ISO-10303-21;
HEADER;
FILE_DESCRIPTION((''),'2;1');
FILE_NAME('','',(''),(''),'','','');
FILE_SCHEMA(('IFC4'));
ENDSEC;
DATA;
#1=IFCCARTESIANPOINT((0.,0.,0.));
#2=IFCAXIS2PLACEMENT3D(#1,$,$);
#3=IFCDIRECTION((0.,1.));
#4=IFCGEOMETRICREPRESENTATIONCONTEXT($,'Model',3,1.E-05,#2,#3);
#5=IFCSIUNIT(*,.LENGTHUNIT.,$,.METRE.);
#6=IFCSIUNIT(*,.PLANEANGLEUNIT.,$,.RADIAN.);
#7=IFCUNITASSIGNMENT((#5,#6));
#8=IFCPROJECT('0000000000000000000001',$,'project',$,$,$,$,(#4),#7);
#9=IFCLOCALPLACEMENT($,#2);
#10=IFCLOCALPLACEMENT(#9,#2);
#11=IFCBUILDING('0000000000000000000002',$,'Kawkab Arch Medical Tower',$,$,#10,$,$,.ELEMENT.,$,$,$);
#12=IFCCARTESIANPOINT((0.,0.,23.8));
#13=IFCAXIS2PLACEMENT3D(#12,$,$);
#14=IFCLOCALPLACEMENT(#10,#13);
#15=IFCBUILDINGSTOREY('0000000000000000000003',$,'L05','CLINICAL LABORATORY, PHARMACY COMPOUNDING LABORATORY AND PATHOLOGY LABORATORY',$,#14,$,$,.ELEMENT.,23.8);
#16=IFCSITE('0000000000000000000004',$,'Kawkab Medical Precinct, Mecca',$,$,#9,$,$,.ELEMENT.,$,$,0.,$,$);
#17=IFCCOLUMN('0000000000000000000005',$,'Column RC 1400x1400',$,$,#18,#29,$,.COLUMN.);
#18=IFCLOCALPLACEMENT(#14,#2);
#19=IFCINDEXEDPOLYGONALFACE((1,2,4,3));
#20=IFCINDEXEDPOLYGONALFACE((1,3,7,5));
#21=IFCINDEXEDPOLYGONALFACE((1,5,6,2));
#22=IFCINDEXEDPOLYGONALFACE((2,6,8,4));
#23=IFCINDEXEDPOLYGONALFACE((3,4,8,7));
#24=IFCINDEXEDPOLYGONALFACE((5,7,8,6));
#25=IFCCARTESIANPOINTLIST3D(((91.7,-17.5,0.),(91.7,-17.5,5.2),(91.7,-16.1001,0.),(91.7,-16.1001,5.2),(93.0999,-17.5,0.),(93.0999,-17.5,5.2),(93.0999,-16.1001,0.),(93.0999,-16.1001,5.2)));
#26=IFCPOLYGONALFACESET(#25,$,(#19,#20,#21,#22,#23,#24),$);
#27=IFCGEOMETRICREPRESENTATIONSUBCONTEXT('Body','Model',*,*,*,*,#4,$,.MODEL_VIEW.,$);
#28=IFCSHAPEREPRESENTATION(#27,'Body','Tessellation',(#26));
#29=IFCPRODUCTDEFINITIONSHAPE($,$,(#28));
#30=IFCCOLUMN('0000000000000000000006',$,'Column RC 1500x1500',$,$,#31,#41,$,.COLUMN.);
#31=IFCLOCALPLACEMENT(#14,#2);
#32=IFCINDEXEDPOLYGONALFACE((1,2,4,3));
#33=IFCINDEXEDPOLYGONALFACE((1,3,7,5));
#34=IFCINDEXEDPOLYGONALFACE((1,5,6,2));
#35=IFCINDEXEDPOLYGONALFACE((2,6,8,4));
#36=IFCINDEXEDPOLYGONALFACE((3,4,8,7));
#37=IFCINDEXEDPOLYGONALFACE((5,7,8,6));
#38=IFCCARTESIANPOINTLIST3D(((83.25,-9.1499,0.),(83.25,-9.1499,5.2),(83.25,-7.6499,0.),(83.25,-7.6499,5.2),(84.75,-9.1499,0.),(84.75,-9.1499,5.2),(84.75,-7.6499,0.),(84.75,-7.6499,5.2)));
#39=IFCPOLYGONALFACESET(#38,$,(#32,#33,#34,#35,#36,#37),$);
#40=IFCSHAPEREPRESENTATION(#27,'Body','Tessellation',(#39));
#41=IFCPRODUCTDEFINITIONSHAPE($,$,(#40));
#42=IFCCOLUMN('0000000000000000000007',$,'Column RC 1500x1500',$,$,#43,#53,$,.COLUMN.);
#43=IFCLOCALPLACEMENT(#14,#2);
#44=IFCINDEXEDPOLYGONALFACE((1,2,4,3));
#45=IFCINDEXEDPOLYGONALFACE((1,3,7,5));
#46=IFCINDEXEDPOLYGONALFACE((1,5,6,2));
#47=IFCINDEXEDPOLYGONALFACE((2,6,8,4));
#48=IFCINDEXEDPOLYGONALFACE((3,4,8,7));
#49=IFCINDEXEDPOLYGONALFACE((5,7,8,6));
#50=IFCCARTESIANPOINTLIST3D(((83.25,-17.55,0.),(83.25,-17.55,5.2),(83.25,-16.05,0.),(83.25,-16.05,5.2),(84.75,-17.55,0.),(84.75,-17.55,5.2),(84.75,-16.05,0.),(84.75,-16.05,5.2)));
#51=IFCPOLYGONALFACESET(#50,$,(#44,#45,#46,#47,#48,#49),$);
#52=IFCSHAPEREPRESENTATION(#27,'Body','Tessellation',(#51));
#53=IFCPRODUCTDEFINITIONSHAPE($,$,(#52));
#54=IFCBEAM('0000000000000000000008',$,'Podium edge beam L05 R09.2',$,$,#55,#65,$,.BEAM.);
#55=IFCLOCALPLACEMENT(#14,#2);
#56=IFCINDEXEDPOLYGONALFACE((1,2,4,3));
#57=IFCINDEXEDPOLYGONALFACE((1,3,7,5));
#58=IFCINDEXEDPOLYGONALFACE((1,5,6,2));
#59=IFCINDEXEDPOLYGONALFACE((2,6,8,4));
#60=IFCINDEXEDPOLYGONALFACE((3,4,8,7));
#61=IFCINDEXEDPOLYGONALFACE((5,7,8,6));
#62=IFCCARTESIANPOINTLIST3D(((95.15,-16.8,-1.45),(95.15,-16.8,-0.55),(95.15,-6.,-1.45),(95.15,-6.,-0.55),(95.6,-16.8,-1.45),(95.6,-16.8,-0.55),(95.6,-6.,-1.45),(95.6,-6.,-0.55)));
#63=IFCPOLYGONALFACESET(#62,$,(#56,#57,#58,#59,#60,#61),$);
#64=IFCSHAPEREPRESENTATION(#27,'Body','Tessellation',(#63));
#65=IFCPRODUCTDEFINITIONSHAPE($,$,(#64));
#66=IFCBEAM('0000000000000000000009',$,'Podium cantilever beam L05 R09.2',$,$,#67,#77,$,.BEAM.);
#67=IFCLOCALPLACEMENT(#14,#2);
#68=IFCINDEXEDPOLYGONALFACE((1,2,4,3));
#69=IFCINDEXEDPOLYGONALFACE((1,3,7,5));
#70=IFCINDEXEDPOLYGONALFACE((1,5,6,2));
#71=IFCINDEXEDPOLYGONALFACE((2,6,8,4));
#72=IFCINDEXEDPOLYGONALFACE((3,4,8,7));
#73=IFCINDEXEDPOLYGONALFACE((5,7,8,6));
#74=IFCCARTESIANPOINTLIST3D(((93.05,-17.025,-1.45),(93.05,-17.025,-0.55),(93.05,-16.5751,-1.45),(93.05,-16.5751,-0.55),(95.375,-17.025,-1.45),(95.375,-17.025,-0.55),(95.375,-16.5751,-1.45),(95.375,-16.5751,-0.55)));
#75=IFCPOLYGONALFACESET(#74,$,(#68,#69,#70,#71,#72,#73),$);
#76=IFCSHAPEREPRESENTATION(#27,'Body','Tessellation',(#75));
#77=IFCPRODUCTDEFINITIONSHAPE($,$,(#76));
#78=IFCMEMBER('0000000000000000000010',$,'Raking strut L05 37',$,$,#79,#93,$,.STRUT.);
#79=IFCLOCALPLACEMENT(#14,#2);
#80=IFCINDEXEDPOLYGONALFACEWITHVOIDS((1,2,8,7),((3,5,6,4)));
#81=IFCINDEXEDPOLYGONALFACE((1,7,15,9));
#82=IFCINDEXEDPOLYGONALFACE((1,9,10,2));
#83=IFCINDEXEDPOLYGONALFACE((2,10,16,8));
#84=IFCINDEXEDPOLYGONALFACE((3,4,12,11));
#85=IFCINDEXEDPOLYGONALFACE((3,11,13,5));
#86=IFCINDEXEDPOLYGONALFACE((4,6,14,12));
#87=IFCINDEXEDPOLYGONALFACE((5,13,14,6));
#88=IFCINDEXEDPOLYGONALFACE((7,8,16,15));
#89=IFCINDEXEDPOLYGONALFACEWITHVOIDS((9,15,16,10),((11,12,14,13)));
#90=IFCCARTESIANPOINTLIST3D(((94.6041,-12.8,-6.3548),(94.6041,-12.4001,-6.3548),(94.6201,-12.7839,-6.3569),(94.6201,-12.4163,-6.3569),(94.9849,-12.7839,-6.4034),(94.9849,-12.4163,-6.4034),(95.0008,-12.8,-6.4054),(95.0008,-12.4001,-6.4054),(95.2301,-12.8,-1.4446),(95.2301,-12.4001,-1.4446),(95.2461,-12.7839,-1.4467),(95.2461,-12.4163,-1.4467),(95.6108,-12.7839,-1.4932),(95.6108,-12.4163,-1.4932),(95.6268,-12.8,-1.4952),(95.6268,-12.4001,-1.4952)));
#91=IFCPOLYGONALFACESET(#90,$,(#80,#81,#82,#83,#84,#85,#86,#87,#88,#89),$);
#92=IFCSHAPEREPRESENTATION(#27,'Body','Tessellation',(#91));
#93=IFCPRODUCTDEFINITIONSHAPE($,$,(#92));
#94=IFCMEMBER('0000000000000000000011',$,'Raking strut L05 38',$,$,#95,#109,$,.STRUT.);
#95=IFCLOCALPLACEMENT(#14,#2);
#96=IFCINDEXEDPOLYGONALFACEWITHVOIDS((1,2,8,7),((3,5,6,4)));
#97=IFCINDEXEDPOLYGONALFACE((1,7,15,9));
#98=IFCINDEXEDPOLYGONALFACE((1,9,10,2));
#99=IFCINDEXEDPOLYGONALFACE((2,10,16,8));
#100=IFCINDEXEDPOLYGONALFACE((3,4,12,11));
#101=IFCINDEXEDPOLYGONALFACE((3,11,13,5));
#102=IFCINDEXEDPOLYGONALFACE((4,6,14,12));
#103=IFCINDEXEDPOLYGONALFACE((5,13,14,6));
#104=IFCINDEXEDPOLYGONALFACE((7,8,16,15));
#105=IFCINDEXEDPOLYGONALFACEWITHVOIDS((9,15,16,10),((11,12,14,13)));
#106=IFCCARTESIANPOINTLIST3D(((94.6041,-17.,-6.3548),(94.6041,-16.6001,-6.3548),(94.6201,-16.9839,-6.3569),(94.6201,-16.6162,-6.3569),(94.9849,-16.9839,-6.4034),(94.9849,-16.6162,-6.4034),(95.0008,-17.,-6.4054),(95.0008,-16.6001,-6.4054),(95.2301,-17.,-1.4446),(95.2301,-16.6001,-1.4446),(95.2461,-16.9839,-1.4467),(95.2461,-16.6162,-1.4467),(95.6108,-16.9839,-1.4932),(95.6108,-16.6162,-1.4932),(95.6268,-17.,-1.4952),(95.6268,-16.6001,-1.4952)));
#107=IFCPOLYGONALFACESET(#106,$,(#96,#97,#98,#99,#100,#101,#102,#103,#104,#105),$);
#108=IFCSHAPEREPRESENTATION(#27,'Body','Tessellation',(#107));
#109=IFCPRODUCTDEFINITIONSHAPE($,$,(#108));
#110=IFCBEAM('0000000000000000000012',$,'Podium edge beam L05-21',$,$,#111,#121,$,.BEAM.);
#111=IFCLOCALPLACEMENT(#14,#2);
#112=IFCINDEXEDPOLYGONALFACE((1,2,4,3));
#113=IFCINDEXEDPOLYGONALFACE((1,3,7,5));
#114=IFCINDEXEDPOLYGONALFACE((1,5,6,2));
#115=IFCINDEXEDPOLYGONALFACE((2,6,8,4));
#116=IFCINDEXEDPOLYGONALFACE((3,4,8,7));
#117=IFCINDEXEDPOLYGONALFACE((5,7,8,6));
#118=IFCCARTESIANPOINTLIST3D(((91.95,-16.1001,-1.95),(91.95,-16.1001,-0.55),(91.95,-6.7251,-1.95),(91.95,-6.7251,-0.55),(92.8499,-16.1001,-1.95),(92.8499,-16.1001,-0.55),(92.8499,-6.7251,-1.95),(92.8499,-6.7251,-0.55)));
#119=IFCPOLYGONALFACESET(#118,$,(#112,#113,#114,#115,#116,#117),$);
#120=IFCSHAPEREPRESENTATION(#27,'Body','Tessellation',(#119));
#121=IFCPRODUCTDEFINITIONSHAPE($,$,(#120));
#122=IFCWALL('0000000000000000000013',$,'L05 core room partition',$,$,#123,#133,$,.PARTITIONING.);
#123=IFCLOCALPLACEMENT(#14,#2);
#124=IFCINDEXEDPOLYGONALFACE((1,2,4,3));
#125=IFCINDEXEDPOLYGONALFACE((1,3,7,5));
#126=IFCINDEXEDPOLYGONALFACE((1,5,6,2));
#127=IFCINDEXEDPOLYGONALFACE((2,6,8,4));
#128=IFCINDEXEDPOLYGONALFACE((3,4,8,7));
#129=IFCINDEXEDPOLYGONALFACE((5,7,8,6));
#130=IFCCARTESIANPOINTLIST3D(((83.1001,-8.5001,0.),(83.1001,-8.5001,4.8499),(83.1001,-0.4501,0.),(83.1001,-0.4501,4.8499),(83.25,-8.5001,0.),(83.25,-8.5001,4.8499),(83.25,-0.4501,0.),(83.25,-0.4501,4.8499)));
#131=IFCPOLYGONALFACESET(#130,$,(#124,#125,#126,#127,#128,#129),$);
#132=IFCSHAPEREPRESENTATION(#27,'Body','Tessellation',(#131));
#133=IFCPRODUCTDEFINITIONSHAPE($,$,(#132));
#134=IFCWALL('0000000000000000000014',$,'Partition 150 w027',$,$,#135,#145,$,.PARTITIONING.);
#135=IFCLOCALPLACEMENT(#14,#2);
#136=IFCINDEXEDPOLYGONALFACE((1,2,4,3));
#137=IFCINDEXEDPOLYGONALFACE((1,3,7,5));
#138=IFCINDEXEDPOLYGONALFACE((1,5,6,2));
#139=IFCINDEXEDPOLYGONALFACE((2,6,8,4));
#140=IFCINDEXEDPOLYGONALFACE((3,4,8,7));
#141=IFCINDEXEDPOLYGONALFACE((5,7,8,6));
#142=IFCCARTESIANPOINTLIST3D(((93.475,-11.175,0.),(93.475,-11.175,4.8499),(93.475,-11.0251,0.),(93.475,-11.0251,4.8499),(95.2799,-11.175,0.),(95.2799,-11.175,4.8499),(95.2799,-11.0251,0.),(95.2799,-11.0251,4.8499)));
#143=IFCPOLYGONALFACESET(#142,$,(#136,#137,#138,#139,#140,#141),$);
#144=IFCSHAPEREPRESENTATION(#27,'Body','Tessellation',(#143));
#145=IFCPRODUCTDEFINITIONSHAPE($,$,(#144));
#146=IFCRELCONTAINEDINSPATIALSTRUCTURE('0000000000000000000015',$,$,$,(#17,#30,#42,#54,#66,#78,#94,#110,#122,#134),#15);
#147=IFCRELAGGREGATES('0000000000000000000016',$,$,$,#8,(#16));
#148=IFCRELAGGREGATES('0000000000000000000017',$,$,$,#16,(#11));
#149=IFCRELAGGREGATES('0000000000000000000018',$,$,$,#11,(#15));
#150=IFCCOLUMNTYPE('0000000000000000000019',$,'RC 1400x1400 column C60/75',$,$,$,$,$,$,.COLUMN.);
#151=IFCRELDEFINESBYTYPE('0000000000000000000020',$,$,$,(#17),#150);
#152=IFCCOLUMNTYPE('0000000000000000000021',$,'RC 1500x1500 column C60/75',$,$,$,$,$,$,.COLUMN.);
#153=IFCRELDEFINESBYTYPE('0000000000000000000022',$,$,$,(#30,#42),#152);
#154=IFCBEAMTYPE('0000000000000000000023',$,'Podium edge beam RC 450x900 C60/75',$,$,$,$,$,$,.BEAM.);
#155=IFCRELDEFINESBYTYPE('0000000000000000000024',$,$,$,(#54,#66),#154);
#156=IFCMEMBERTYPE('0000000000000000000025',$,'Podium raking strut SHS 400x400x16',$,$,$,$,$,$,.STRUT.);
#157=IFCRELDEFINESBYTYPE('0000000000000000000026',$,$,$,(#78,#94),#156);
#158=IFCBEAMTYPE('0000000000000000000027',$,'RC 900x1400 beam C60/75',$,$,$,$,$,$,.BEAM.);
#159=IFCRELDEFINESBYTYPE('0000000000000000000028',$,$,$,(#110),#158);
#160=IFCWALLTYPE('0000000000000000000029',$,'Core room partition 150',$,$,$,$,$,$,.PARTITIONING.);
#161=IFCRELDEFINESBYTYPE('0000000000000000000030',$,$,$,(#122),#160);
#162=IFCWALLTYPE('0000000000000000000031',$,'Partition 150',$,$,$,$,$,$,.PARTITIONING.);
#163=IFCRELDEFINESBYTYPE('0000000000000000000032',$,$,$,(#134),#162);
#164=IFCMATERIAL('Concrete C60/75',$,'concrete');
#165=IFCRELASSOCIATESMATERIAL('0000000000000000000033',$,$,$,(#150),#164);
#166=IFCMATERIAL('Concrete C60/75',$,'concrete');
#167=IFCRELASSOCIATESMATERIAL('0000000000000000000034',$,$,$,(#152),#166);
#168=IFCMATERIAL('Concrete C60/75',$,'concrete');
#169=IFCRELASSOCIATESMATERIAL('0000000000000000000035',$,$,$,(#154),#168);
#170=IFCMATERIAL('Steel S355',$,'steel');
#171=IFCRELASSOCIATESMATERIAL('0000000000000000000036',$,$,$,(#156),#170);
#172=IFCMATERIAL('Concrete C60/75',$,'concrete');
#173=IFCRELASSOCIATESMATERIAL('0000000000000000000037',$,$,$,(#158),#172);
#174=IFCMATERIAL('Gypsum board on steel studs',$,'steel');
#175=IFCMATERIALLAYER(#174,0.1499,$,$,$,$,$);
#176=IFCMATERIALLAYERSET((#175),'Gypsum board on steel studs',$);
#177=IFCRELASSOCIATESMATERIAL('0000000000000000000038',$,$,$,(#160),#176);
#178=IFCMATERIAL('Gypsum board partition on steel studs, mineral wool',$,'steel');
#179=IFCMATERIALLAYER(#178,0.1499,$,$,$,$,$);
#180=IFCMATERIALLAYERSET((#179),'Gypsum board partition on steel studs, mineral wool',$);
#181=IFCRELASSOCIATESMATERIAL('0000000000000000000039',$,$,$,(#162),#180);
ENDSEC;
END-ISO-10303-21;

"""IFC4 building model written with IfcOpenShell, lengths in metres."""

from ifc_helpers import new_model, si_unit, direction, frame, frame_2d, origin, origin_2d, place, context, subcontext, project, spatial, rectangle, hollow_rectangle, extrude, material, layer, layer_set, material_profile, profile_set, type_object, element, save


model = new_model("IFC4")

# Units and contexts
model_context = context("Model", 3, precision=1e-05, world=origin(), true_north=direction((0.0, 1.0)))
body_context = subcontext(model_context, "Body", "Model", "MODEL_VIEW")
ifc_project = project(units=[si_unit("LENGTHUNIT", "METRE"), si_unit("PLANEANGLEUNIT", "RADIAN")], contexts=[model_context])

# Site, building, storey
site_placement = place(None, origin())
site = spatial("IfcSite", under=ifc_project, at=site_placement, Name="Kawkab Medical Precinct, Mecca", CompositionType="ELEMENT", RefElevation=0.0)
building_placement = place(site_placement, origin())
building = spatial("IfcBuilding", under=site, at=building_placement, Name="Kawkab Arch Medical Tower", CompositionType="ELEMENT")
storey_placement = place(building_placement, frame((0.0, 0.0, 23.8)))
storey = spatial("IfcBuildingStorey", under=building, at=storey_placement, Name="L05", Description="CLINICAL LABORATORY, PHARMACY COMPOUNDING LABORATORY AND PATHOLOGY LABORATORY", CompositionType="ELEMENT", Elevation=23.8)

# Columns
ifc_material_1 = material(Name="Concrete C60/75", Category="concrete")
ifc_material_profile_1 = material_profile(ifc_material_1, rectangle(XDim=1.3999, YDim=1.3999, at=origin_2d()), Name="RC 1400x1400")
ifc_profile_set_1 = profile_set([ifc_material_profile_1], Name="Concrete C60/75")
column_type_1 = type_object("IfcColumnType", Name="RC 1400x1400 column C60/75", PredefinedType="COLUMN", material=ifc_profile_set_1)
column_placement = place(storey_placement, frame((92.3999, -16.8, 0.0), z_axis=(0.0, 0.0, 1.0), x_axis=(1.0, 0.0, 0.0)))
element("IfcColumn", 1, at=column_placement, inside=storey, type_object=column_type_1, Name="Column RC 1400x1400", PredefinedType="COLUMN", context=body_context, shape_type="SweptSolid", body=[
    extrude(rectangle(XDim=1.3999, YDim=1.3999, at=origin_2d()), origin(), (0.0, 0.0, 1.0), 5.2),
])
ifc_material_2 = material(Name="Concrete C60/75", Category="concrete")
ifc_material_profile_2 = material_profile(ifc_material_2, rectangle(XDim=1.5, YDim=1.5, at=origin_2d()), Name="RC 1500x1500")
ifc_profile_set_2 = profile_set([ifc_material_profile_2], Name="Concrete C60/75")
column_type_2 = type_object("IfcColumnType", Name="RC 1500x1500 column C60/75", PredefinedType="COLUMN", material=ifc_profile_set_2)
for number, where, z_axis, x_axis, name in (
    (2, (84.0, -8.3999, 0.0), (0.0, 0.0, 1.0), (1.0, 0.0, 0.0), "Column RC 1500x1500"),
    (3, (84.0, -16.8, 0.0), (0.0, 0.0, 1.0), (1.0, 0.0, 0.0), "Column RC 1500x1500"),
):
    element("IfcColumn", number, at=place(storey_placement, frame(where, z_axis=z_axis, x_axis=x_axis)), inside=storey, type_object=column_type_2, Name=name, PredefinedType="COLUMN", context=body_context, shape_type="SweptSolid", body=[
        extrude(rectangle(XDim=1.5, YDim=1.5, at=origin_2d()), origin(), (0.0, 0.0, 1.0), 5.2),
    ])

# Beams
ifc_material_3 = material(Name="Concrete C60/75", Category="concrete")
ifc_material_profile_3 = material_profile(ifc_material_3, rectangle(XDim=0.45, YDim=0.8999, at=origin_2d()), Name="RC 450x900")
ifc_profile_set_3 = profile_set([ifc_material_profile_3], Name="Concrete C60/75")
beam_type_1 = type_object("IfcBeamType", Name="Podium edge beam RC 450x900 C60/75", PredefinedType="BEAM", material=ifc_profile_set_3)
beam_1_placement = place(storey_placement, frame((95.375, -16.8, -1.0), z_axis=(0.0, 1.0, 0.0), x_axis=(-1.0, 0.0, 0.0)))
element("IfcBeam", 4, at=beam_1_placement, inside=storey, type_object=beam_type_1, Name="Podium edge beam L05 R09.2", PredefinedType="BEAM", context=body_context, shape_type="SweptSolid", body=[
    extrude(rectangle(XDim=0.45, YDim=0.8999, at=origin_2d()), origin(), (0.0, 0.0, 1.0), 10.8),
])
beam_2_placement = place(storey_placement, frame((93.05, -16.8, -1.0), z_axis=(1.0, 0.0, 0.0), x_axis=(0.0, 1.0, 0.0)))
element("IfcBeam", 5, at=beam_2_placement, inside=storey, type_object=beam_type_1, Name="Podium cantilever beam L05 R09.2", PredefinedType="BEAM", context=body_context, shape_type="SweptSolid", body=[
    extrude(rectangle(XDim=0.45, YDim=0.8999, at=origin_2d()), origin(), (0.0, 0.0, 1.0), 2.325),
])

# Members
ifc_material_4 = material(Name="Steel S355", Category="steel")
ifc_material_profile_4 = material_profile(ifc_material_4, hollow_rectangle(XDim=0.3999, YDim=0.3999, WallThickness=0.0161, at=origin_2d()), Name="SHS 400x400x16")
ifc_profile_set_4 = profile_set([ifc_material_profile_4], Name="Steel S355")
member_type = type_object("IfcMemberType", Name="Podium raking strut SHS 400x400x16", PredefinedType="STRUT", material=ifc_profile_set_4)
for number, where, z_axis, x_axis, name in (
    (6, (94.8025, -12.6001, -6.3801), (0.126463, 0.0, 0.991971), (0.0, 1.0, 0.0), "Raking strut L05 37"),
    (7, (94.8025, -16.8, -6.3801), (0.126463, 0.0, 0.991971), (0.0, 1.0, 0.0), "Raking strut L05 38"),
):
    element("IfcMember", number, at=place(storey_placement, frame(where, z_axis=z_axis, x_axis=x_axis)), inside=storey, type_object=member_type, Name=name, PredefinedType="STRUT", context=body_context, shape_type="SweptSolid", body=[
        extrude(hollow_rectangle(XDim=0.3999, YDim=0.3999, WallThickness=0.0161, at=origin_2d()), origin(), (0.0, 0.0, 1.0), 4.95),
    ])

# Beam
ifc_material_5 = material(Name="Concrete C60/75", Category="concrete")
ifc_material_profile_5 = material_profile(ifc_material_5, rectangle(XDim=0.8999, YDim=1.3999, at=origin_2d()), Name="RC 900x1400")
ifc_profile_set_5 = profile_set([ifc_material_profile_5], Name="Concrete C60/75")
beam_type_2 = type_object("IfcBeamType", Name="RC 900x1400 beam C60/75", PredefinedType="BEAM", material=ifc_profile_set_5)
beam_3_placement = place(storey_placement, frame((92.3999, -16.1001, -1.25), z_axis=(0.0, 1.0, 0.0), x_axis=(-1.0, 0.0, 0.0)))
element("IfcBeam", 8, at=beam_3_placement, inside=storey, type_object=beam_type_2, Name="Podium edge beam L05-21", PredefinedType="BEAM", context=body_context, shape_type="SweptSolid", body=[
    extrude(rectangle(XDim=0.8999, YDim=1.3999, at=origin_2d()), origin(), (0.0, 0.0, 1.0), 9.375),
])

# Walls
ifc_material_6 = material(Name="Gypsum board on steel studs", Category="steel")
ifc_layer_1 = layer(ifc_material_6, 0.1499)
ifc_layer_set_1 = layer_set([ifc_layer_1], Name="Gypsum board on steel studs")
wall_type_1 = type_object("IfcWallType", Name="Core room partition 150", PredefinedType="PARTITIONING", material=ifc_layer_set_1)
wall_1_placement = place(storey_placement, frame((83.175, -8.5, 0.0), z_axis=(0.0, 0.0, 1.0), x_axis=(0.0, 1.0, 0.0)))
element("IfcWall", 9, at=wall_1_placement, inside=storey, type_object=wall_type_1, Name="L05 core room partition", PredefinedType="PARTITIONING", context=body_context, shape_type="SweptSolid", body=[
    extrude(rectangle(XDim=8.05, YDim=0.1499, at=frame_2d((4.0249, 0.0))), origin(), (0.0, 0.0, 1.0), 4.8499),
])
ifc_material_7 = material(Name="Gypsum board partition on steel studs, mineral wool", Category="steel")
ifc_layer_2 = layer(ifc_material_7, 0.1499)
ifc_layer_set_2 = layer_set([ifc_layer_2], Name="Gypsum board partition on steel studs, mineral wool")
wall_type_2 = type_object("IfcWallType", Name="Partition 150", PredefinedType="PARTITIONING", material=ifc_layer_set_2)
wall_2_placement = place(storey_placement, frame((93.4751, -11.1001, 0.0), z_axis=(0.0, 0.0, 1.0), x_axis=(1.0, 0.0, 0.0)))
element("IfcWall", 10, at=wall_2_placement, inside=storey, type_object=wall_type_2, Name="Partition 150 w027", PredefinedType="PARTITIONING", context=body_context, shape_type="SweptSolid", body=[
    extrude(rectangle(XDim=1.8049, YDim=0.1499, at=frame_2d((0.9023, 0.0))), origin(), (0.0, 0.0, 1.0), 4.8499),
])

save(model, "model.ifc")
